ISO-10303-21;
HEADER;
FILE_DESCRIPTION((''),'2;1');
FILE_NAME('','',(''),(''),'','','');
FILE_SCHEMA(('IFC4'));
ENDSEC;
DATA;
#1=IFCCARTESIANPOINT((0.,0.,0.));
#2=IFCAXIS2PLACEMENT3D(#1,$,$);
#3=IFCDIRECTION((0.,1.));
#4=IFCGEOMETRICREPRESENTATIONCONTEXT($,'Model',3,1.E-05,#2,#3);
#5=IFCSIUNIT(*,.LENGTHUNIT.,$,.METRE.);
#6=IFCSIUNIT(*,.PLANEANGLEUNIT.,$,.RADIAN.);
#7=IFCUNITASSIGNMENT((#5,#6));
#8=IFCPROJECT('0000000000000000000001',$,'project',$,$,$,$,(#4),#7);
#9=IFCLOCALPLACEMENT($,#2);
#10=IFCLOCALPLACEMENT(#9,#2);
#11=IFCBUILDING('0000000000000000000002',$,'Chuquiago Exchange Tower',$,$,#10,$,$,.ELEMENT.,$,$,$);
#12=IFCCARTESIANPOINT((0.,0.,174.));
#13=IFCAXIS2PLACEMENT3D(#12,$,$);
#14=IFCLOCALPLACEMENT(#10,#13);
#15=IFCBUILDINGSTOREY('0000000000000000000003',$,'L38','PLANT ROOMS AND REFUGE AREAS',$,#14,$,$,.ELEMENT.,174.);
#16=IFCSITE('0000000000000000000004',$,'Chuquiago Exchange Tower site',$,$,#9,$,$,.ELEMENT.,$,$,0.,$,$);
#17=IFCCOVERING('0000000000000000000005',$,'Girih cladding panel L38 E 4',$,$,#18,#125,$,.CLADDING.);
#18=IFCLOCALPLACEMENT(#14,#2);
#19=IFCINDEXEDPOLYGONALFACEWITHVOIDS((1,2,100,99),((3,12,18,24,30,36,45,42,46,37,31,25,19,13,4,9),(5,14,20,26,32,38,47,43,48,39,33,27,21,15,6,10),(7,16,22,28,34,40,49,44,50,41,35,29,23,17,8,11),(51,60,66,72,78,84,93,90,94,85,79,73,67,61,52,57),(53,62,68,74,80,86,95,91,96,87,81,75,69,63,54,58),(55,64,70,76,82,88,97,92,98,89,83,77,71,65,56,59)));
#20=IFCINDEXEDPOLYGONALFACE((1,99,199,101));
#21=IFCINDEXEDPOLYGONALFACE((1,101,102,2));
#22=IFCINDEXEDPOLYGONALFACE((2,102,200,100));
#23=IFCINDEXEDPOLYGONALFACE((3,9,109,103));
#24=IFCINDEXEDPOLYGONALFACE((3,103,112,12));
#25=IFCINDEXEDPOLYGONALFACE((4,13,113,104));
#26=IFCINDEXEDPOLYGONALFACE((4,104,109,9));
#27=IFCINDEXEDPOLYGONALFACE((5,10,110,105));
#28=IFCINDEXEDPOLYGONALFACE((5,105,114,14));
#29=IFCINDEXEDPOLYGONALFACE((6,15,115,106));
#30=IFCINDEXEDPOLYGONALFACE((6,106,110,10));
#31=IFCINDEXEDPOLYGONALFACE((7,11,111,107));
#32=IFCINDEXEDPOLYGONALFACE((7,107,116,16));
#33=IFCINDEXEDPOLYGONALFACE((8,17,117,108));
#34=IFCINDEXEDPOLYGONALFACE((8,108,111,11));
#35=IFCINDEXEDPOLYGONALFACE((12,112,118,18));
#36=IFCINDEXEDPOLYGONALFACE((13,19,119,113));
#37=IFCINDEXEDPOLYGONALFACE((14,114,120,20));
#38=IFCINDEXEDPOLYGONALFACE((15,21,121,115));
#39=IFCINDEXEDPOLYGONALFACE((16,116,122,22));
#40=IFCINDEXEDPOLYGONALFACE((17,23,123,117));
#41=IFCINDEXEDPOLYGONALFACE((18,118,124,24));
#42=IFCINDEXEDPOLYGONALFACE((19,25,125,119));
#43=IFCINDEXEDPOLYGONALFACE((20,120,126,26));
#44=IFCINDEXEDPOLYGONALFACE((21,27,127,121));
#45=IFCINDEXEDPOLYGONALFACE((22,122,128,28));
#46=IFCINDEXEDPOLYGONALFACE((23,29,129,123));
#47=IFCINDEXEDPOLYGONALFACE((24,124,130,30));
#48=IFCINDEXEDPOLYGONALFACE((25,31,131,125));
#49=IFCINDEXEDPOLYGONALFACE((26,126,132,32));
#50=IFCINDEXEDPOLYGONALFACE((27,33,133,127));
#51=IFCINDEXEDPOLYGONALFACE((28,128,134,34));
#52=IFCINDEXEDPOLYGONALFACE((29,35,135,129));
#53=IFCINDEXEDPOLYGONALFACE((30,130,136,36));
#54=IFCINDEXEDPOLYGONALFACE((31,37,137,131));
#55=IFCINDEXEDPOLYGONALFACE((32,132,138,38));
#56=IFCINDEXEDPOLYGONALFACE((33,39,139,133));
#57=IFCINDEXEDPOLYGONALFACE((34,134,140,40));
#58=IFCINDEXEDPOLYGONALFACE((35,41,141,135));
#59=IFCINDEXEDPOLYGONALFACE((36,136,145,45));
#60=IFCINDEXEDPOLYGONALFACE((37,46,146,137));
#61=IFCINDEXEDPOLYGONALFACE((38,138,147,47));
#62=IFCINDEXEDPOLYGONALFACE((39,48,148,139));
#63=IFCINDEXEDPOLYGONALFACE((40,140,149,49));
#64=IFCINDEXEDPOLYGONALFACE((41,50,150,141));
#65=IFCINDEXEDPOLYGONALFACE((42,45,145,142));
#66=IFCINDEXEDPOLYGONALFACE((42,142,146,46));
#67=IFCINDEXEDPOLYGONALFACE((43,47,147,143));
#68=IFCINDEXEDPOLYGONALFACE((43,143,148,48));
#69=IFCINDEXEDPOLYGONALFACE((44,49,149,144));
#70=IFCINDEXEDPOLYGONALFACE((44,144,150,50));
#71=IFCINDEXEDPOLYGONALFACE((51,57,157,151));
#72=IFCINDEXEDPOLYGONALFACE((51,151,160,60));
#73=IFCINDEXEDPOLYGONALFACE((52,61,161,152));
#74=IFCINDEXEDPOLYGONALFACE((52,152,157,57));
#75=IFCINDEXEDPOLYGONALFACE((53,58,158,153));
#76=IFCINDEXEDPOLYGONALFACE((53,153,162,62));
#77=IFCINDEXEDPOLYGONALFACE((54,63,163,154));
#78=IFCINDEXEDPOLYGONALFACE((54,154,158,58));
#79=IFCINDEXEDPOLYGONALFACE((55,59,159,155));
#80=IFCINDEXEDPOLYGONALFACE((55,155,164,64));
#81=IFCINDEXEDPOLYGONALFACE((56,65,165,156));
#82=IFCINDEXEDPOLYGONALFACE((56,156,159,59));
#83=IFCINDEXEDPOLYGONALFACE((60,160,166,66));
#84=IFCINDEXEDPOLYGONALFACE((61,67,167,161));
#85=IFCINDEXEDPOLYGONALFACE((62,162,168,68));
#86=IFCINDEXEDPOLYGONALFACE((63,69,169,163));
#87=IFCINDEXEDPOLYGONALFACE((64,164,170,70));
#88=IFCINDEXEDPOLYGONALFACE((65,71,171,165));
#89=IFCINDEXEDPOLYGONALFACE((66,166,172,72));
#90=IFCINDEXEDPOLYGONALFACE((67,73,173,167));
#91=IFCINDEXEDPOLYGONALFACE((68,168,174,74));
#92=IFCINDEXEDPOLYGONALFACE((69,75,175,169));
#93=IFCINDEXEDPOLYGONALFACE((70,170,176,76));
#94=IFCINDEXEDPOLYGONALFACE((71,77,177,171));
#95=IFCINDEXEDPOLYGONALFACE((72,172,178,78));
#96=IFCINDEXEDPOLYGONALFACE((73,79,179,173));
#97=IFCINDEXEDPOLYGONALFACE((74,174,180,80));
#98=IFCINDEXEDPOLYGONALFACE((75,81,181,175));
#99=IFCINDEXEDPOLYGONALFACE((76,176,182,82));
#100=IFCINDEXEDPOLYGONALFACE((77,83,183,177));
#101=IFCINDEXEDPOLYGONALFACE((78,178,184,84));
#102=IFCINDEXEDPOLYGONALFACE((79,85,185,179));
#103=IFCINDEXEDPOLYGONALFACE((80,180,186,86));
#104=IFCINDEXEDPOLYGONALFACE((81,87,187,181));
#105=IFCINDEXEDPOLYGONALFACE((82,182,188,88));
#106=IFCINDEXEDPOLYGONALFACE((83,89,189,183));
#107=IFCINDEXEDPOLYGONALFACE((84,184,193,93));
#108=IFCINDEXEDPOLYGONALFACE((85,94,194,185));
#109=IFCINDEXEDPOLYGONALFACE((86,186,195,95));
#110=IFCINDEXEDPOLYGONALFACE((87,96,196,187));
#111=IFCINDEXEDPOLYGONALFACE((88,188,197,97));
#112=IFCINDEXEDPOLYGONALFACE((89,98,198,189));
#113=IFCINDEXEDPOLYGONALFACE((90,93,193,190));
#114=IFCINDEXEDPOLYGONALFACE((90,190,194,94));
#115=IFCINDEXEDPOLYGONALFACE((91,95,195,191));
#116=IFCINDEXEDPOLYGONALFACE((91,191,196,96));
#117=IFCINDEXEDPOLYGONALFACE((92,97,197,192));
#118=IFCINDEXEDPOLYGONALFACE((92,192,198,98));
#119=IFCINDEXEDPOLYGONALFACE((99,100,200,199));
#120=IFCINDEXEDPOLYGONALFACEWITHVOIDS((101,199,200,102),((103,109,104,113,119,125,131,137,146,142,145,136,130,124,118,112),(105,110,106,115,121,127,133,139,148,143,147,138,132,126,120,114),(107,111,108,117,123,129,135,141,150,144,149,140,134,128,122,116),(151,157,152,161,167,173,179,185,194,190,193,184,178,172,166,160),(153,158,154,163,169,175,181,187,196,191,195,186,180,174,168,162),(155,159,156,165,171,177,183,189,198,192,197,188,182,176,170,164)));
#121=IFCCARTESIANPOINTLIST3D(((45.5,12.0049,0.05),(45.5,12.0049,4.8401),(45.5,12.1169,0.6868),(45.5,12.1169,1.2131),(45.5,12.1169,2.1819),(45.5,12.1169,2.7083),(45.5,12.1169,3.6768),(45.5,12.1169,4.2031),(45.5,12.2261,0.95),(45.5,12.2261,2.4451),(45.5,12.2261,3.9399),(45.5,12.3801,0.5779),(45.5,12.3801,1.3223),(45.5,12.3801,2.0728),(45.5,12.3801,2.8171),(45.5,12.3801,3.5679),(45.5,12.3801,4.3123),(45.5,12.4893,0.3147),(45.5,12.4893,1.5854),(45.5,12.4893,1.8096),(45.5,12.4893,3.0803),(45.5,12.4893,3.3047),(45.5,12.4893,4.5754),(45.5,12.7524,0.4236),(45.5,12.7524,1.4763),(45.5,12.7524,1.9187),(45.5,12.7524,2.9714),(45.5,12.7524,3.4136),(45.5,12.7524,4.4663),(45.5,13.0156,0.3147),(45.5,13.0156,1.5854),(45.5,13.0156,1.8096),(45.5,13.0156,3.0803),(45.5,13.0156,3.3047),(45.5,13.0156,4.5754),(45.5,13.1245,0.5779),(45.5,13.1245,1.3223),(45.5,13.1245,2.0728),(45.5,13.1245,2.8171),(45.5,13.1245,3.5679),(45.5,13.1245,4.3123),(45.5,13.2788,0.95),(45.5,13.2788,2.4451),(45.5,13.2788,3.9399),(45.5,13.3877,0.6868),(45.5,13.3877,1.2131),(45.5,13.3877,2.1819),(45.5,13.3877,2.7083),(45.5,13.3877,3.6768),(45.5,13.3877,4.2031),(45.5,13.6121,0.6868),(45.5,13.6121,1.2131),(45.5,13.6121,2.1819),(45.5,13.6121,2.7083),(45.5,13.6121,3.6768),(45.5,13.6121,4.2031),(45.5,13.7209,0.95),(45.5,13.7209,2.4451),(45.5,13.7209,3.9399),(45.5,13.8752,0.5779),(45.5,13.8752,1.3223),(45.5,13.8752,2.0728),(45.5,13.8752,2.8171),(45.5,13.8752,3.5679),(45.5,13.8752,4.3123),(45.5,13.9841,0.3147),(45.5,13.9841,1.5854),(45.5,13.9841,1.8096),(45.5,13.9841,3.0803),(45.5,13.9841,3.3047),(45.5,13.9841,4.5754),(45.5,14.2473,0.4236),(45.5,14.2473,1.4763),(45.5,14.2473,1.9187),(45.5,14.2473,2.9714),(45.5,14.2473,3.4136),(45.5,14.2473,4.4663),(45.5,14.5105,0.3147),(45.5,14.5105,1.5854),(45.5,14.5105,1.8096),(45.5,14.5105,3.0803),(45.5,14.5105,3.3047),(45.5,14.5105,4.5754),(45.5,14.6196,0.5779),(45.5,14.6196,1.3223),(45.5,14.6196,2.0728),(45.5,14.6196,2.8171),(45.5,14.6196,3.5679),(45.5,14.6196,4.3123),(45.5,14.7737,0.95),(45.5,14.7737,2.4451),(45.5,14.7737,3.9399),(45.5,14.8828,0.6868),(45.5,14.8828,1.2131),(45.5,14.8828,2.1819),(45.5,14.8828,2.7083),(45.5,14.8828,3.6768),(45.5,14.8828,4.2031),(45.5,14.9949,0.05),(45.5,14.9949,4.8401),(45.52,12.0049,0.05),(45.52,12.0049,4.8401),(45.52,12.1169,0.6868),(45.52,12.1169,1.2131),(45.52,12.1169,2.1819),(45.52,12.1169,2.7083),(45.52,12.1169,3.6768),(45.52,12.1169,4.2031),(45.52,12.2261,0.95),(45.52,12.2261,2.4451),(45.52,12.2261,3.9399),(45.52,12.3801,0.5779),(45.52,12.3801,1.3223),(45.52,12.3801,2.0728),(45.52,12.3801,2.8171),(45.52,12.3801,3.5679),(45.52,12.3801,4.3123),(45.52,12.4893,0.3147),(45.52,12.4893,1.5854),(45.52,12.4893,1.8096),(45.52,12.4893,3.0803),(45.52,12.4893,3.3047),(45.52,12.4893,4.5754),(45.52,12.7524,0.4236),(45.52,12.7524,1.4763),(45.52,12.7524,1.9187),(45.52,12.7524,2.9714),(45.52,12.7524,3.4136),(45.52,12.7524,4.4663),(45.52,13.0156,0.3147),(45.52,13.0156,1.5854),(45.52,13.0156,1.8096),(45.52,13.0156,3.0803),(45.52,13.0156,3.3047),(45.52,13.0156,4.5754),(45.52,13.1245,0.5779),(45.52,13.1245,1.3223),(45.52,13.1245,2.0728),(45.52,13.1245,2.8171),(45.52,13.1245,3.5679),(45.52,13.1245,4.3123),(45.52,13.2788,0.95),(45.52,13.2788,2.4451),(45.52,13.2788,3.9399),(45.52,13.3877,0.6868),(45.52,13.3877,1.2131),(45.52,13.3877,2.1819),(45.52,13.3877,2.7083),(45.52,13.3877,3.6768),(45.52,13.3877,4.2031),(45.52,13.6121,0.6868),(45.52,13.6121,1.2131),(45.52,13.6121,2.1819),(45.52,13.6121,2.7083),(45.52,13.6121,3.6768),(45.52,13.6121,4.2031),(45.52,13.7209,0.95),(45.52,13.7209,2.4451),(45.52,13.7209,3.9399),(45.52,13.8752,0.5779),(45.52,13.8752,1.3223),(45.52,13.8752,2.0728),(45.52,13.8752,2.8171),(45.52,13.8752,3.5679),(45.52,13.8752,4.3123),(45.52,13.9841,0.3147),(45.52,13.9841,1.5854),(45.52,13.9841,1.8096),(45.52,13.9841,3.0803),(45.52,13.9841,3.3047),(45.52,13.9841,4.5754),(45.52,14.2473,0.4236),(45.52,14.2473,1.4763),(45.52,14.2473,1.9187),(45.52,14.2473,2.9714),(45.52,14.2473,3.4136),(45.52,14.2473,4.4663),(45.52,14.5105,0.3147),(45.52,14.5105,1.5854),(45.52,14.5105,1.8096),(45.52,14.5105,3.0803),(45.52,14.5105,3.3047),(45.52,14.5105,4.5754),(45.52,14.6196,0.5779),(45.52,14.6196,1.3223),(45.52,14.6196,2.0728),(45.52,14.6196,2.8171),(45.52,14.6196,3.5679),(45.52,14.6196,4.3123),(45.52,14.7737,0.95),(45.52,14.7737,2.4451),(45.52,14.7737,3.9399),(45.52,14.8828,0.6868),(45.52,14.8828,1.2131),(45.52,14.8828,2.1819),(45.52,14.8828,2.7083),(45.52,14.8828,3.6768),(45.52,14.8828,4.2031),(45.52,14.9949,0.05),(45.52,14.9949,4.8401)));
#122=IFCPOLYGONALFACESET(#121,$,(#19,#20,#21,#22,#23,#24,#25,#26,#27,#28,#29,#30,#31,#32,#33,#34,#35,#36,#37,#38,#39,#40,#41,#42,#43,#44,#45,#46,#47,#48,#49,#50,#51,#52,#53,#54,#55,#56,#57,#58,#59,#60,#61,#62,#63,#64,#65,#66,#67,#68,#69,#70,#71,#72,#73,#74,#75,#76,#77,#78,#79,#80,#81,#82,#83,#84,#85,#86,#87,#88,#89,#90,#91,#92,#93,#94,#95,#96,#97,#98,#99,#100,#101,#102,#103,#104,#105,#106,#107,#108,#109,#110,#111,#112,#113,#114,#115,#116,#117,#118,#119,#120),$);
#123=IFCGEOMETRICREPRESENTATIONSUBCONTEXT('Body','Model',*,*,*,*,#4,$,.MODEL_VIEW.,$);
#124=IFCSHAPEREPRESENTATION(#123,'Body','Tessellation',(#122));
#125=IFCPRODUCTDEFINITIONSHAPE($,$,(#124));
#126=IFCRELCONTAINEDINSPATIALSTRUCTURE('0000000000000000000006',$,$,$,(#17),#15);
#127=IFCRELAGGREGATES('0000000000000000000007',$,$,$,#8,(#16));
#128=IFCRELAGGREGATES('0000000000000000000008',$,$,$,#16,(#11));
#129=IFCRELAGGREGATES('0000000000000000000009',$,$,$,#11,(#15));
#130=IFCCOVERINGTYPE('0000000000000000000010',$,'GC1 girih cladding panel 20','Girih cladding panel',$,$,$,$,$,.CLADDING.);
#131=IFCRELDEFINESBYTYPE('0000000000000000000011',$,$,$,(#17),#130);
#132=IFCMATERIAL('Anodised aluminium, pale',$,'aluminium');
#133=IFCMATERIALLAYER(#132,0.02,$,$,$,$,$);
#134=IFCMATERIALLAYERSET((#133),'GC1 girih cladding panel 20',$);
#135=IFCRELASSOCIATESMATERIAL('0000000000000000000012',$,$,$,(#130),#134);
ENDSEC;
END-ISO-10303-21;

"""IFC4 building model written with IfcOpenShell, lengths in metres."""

from ifc_helpers import new_model, si_unit, direction, frame, origin, place, context, subcontext, project, spatial, polyline, outline, extrude, material, layer, layer_set, type_object, element, save


model = new_model("IFC4")

# Units and contexts
model_context = context("Model", 3, precision=1e-05, world=origin(), true_north=direction((0.0, 1.0)))
body_context = subcontext(model_context, "Body", "Model", "MODEL_VIEW")
ifc_project = project(units=[si_unit("LENGTHUNIT", "METRE"), si_unit("PLANEANGLEUNIT", "RADIAN")], contexts=[model_context])

# Site, building, storey
site_placement = place(None, origin())
site = spatial("IfcSite", under=ifc_project, at=site_placement, Name="Chuquiago Exchange Tower site", CompositionType="ELEMENT", RefElevation=0.0)
building_placement = place(site_placement, origin())
building = spatial("IfcBuilding", under=site, at=building_placement, Name="Chuquiago Exchange Tower", CompositionType="ELEMENT")
storey_placement = place(building_placement, frame((0.0, 0.0, 174.0)))
storey = spatial("IfcBuildingStorey", under=building, at=storey_placement, Name="L38", Description="PLANT ROOMS AND REFUGE AREAS", CompositionType="ELEMENT", Elevation=174.0)

# Covering
ifc_material_1 = material(Name="Anodised aluminium, pale", Category="aluminium")
ifc_layer_1 = layer(ifc_material_1, 0.02)
ifc_layer_set_1 = layer_set([ifc_layer_1], Name="GC1 girih cladding panel 20")
covering_type = type_object("IfcCoveringType", Name="GC1 girih cladding panel 20", Description="Girih cladding panel", PredefinedType="CLADDING", material=ifc_layer_set_1)
covering_1_placement = place(storey_placement, frame((45.5, 12.0049, 0.05), z_axis=(0.0, 0.0, 1.0), x_axis=(0.0, 1.0, 0.0)))
element("IfcCovering", 1, at=covering_1_placement, inside=storey, type_object=covering_type, Name="Girih cladding panel L38 E 4", PredefinedType="CLADDING", context=body_context, shape_type="SweptSolid", body=[
    extrude(outline(polyline([(0.0, 0.0), (2.99, 0.0), (2.99, 4.79), (0.0, 4.79), (0.0, 0.0)]), holes=[polyline([(1.2739, 0.8999), (1.3828, 1.1631), (1.1196, 1.2722), (1.0107, 1.5354), (0.7476, 1.4263), (0.4844, 1.5354), (0.3752, 1.2722), (0.1121, 1.1631), (0.2212, 0.8999), (0.1121, 0.6367), (0.3752, 0.5278), (0.4844, 0.2646), (0.7476, 0.3735), (1.0107, 0.2646), (1.1196, 0.5278), (1.3828, 0.6367), (1.2739, 0.8999)]), polyline([(2.7688, 0.8999), (2.8779, 1.1631), (2.6147, 1.2722), (2.5056, 1.5354), (2.2424, 1.4263), (1.9792, 1.5354), (1.8704, 1.2722), (1.6072, 1.1631), (1.7161, 0.8999), (1.6072, 0.6367), (1.8704, 0.5278), (1.9792, 0.2646), (2.2424, 0.3735), (2.5056, 0.2646), (2.6147, 0.5278), (2.8779, 0.6367), (2.7688, 0.8999)]), polyline([(1.2739, 2.395), (1.3828, 2.6582), (1.1196, 2.7671), (1.0107, 3.0303), (0.7476, 2.9214), (0.4844, 3.0303), (0.3752, 2.7671), (0.1121, 2.6582), (0.2212, 2.395), (0.1121, 2.1318), (0.3752, 2.0227), (0.4844, 1.7595), (0.7476, 1.8687), (1.0107, 1.7595), (1.1196, 2.0227), (1.3828, 2.1318), (1.2739, 2.395)]), polyline([(2.7688, 2.395), (2.8779, 2.6582), (2.6147, 2.7671), (2.5056, 3.0303), (2.2424, 2.9214), (1.9792, 3.0303), (1.8704, 2.7671), (1.6072, 2.6582), (1.7161, 2.395), (1.6072, 2.1318), (1.8704, 2.0227), (1.9792, 1.7595), (2.2424, 1.8687), (2.5056, 1.7595), (2.6147, 2.0227), (2.8779, 2.1318), (2.7688, 2.395)]), polyline([(1.2739, 3.8899), (1.3828, 4.1531), (1.1196, 4.2622), (1.0107, 4.5254), (0.7476, 4.4163), (0.4844, 4.5254), (0.3752, 4.2622), (0.1121, 4.1531), (0.2212, 3.8899), (0.1121, 3.6267), (0.3752, 3.5178), (0.4844, 3.2546), (0.7476, 3.3635), (1.0107, 3.2546), (1.1196, 3.5178), (1.3828, 3.6267), (1.2739, 3.8899)]), polyline([(2.7688, 3.8899), (2.8779, 4.1531), (2.6147, 4.2622), (2.5056, 4.5254), (2.2424, 4.4163), (1.9792, 4.5254), (1.8704, 4.2622), (1.6072, 4.1531), (1.7161, 3.8899), (1.6072, 3.6267), (1.8704, 3.5178), (1.9792, 3.2546), (2.2424, 3.3635), (2.5056, 3.2546), (2.6147, 3.5178), (2.8779, 3.6267), (2.7688, 3.8899)])]), frame((0.0, 0.0, 0.0), z_axis=(0.0, -1.0, 0.0), x_axis=(1.0, 0.0, 0.0)), (0.0, 0.0, 1.0), 0.02),
])

save(model, "model.ifc")
